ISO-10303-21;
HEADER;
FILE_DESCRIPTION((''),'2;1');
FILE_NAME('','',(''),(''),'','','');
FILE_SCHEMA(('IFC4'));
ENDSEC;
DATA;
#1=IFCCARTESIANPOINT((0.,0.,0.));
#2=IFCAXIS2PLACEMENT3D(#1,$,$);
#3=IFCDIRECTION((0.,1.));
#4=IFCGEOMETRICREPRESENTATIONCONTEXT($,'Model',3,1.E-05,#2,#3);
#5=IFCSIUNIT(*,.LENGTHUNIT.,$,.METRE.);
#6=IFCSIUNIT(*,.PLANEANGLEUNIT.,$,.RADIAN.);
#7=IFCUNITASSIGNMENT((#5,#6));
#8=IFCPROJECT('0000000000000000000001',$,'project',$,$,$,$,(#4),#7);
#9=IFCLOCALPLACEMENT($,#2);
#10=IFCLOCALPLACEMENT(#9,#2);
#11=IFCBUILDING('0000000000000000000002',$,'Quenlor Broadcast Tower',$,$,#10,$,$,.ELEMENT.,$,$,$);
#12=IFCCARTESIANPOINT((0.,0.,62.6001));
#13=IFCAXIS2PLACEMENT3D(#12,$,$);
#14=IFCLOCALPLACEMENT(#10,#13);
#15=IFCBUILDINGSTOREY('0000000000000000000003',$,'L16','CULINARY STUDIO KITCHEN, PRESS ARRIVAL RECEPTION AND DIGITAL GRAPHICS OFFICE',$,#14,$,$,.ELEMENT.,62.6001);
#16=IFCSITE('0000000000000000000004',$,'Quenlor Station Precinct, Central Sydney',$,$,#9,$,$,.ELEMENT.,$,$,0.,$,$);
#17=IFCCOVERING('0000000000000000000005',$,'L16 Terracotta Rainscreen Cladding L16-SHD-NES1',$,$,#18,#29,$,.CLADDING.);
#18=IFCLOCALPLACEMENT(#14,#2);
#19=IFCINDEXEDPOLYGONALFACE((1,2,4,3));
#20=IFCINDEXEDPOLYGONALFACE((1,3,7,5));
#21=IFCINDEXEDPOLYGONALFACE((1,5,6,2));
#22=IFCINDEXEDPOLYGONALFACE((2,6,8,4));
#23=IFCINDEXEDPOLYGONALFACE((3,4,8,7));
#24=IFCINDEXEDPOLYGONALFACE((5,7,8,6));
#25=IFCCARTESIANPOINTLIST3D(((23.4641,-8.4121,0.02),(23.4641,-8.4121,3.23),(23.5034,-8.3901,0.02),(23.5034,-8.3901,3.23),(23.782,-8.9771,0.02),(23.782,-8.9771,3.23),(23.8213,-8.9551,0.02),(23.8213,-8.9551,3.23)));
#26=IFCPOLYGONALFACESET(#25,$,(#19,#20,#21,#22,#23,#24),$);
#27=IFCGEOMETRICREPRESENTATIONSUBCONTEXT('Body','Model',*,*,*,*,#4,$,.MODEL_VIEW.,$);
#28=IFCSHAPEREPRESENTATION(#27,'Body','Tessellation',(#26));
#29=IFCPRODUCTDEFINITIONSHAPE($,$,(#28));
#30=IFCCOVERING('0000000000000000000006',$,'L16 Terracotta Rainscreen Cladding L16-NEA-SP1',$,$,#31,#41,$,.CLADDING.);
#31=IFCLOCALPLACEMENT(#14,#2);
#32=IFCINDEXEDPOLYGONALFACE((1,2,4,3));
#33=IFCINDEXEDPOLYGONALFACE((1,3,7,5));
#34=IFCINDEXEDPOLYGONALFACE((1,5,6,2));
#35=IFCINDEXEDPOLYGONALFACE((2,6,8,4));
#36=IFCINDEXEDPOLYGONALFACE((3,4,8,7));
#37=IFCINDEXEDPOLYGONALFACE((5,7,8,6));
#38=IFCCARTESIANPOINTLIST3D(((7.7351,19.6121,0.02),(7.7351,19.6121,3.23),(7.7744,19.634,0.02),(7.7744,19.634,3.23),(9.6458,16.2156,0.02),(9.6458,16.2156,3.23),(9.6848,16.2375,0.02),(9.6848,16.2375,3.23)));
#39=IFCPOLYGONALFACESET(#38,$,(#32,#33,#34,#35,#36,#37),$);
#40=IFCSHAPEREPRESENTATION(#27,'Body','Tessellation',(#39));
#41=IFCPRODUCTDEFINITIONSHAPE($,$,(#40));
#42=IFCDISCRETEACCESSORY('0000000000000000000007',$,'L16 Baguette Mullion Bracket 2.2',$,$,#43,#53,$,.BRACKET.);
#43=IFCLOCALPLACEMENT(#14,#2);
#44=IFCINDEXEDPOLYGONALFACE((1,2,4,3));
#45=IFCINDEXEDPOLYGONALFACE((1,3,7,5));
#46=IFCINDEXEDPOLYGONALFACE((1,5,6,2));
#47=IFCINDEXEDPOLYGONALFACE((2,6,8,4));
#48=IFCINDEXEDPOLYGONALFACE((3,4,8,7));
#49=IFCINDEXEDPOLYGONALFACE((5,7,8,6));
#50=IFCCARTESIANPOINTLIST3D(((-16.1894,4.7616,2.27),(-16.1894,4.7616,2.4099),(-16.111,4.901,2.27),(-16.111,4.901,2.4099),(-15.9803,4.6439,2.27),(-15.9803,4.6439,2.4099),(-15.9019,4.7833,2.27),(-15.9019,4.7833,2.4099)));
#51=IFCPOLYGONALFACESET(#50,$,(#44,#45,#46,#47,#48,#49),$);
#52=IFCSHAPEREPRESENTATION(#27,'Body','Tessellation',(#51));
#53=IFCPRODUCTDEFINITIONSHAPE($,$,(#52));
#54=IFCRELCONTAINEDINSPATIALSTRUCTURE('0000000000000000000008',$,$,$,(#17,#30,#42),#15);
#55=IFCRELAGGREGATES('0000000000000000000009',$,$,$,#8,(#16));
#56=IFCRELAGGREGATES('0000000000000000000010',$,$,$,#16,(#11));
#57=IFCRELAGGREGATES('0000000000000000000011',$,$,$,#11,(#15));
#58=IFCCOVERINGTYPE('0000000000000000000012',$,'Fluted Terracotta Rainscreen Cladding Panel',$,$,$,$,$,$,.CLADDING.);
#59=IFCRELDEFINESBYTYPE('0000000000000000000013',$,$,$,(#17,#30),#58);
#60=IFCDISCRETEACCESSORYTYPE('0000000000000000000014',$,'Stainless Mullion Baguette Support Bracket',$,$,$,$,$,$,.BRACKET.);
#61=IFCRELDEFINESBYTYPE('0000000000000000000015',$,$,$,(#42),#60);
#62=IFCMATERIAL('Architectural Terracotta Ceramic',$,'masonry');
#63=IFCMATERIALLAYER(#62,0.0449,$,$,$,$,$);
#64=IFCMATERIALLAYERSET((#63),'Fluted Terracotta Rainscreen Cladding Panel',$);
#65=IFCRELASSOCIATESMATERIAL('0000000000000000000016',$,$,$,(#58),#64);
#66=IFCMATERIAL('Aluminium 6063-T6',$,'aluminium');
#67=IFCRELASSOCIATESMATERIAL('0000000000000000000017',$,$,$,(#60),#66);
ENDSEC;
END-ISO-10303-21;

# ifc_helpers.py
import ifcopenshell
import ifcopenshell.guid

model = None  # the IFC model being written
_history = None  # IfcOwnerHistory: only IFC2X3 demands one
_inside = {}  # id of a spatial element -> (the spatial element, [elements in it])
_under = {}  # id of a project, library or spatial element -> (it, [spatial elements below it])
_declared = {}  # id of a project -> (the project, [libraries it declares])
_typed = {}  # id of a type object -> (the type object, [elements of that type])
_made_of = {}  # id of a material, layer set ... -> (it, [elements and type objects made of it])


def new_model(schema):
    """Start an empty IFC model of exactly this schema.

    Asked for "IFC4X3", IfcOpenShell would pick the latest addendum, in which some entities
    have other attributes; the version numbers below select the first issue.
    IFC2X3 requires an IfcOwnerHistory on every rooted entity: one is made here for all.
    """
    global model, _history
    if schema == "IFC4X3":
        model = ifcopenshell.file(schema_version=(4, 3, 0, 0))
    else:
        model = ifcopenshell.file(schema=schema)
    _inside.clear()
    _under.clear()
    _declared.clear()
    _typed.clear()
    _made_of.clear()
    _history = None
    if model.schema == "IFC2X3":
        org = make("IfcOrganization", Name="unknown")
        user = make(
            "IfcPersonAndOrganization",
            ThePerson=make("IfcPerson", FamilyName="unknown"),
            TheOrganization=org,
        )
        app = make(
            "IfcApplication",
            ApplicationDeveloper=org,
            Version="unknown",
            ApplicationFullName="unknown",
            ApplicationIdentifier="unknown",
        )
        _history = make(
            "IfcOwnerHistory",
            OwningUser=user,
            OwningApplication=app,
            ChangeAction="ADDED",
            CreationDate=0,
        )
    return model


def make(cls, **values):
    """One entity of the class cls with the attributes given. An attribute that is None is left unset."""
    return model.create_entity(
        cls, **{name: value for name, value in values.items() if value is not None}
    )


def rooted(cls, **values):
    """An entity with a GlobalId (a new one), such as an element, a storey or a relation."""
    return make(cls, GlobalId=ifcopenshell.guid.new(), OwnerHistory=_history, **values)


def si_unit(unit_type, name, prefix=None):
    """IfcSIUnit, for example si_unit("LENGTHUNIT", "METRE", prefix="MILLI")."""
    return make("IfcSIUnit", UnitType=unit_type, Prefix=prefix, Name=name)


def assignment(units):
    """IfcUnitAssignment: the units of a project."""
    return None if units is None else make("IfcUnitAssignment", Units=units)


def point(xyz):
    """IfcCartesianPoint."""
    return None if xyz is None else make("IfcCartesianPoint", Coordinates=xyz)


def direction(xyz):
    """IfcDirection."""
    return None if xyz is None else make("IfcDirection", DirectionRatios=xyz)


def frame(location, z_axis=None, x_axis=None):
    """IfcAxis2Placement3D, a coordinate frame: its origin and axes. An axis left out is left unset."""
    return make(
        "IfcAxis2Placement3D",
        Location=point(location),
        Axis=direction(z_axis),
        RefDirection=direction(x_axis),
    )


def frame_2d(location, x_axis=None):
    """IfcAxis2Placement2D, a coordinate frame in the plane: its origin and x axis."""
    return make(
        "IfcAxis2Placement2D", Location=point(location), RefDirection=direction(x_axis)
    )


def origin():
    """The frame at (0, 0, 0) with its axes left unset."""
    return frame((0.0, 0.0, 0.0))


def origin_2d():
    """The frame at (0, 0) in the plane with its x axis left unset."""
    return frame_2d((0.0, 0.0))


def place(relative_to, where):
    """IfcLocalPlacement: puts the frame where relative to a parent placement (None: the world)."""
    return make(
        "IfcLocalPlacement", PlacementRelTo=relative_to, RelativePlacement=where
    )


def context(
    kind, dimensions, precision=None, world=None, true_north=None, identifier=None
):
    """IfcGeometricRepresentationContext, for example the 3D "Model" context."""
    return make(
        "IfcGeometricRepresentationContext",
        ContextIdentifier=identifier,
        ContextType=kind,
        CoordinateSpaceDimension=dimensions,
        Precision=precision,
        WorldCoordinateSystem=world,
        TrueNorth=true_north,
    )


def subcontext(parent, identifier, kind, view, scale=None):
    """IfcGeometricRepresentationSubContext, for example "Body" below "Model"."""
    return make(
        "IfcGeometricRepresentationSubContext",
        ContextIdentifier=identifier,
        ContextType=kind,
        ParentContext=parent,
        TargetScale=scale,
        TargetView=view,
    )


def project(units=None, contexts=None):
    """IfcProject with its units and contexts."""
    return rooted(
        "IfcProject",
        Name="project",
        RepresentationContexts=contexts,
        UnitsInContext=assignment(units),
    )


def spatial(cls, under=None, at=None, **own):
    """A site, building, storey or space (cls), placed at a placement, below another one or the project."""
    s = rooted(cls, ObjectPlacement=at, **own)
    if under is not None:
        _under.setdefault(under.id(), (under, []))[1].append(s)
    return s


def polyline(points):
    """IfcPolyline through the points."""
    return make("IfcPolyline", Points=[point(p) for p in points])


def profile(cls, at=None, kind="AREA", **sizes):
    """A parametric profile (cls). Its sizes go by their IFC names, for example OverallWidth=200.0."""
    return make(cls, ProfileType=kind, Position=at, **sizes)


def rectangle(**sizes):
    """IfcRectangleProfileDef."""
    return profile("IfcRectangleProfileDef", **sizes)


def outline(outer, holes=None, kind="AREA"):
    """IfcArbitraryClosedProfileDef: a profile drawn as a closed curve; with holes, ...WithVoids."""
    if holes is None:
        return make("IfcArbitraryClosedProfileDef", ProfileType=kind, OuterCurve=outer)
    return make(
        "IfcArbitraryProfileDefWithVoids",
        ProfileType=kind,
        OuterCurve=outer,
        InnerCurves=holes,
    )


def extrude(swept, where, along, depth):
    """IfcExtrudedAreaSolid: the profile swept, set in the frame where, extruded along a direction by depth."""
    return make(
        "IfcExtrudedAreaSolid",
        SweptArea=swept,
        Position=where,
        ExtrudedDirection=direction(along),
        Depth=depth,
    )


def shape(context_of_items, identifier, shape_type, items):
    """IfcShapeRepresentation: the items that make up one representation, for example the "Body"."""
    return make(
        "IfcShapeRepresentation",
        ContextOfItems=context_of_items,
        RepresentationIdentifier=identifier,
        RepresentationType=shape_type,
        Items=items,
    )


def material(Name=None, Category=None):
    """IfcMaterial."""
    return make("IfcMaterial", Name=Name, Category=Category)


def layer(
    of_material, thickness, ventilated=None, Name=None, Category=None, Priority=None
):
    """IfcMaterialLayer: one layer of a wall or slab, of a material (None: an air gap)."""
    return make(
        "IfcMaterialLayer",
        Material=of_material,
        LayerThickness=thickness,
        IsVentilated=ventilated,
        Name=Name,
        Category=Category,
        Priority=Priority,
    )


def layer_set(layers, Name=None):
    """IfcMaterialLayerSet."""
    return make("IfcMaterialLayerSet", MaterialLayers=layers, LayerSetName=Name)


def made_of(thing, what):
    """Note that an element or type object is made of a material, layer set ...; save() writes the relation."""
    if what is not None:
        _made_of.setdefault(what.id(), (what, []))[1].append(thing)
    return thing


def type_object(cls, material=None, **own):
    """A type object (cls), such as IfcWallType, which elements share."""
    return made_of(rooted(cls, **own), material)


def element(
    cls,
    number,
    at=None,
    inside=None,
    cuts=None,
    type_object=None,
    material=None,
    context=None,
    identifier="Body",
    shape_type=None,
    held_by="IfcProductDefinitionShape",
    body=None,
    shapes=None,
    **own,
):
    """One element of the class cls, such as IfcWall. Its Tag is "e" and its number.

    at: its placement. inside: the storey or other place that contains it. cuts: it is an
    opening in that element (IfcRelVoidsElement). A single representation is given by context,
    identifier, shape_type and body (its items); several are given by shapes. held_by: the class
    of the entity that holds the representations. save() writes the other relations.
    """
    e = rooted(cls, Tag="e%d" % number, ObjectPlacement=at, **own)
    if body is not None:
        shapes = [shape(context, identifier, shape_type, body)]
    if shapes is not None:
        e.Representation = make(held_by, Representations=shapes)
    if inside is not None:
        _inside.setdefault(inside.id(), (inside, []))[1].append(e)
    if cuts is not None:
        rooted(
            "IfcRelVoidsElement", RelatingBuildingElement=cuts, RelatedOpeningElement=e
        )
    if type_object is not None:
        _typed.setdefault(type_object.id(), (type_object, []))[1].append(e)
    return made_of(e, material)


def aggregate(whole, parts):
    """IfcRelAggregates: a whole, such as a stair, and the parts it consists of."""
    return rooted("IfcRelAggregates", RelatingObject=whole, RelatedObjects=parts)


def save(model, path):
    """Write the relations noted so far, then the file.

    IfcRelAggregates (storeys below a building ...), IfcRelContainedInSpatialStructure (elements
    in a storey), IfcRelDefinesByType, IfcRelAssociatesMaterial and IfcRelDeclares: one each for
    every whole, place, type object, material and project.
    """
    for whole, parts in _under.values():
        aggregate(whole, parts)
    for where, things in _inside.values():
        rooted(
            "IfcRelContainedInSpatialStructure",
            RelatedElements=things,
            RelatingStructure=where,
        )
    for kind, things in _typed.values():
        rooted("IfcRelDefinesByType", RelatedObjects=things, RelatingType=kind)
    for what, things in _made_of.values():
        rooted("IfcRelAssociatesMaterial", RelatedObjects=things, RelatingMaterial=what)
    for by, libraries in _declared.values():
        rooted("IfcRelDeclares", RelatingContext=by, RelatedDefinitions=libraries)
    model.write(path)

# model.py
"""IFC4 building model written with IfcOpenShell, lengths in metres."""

from ifc_helpers import new_model, si_unit, direction, frame, origin, origin_2d, place, context, subcontext, project, spatial, polyline, rectangle, outline, extrude, material, layer, layer_set, type_object, element, save


model = new_model("IFC4")

# Units and contexts
model_context = context("Model", 3, precision=1e-05, world=origin(), true_north=direction((0.0, 1.0)))
body_context = subcontext(model_context, "Body", "Model", "MODEL_VIEW")
ifc_project = project(units=[si_unit("LENGTHUNIT", "METRE"), si_unit("PLANEANGLEUNIT", "RADIAN")], contexts=[model_context])

# Site, building, storey
site_placement = place(None, origin())
site = spatial("IfcSite", under=ifc_project, at=site_placement, Name="Quenlor Station Precinct, Central Sydney", CompositionType="ELEMENT", RefElevation=0.0)
building_placement = place(site_placement, origin())
building = spatial("IfcBuilding", under=site, at=building_placement, Name="Quenlor Broadcast Tower", CompositionType="ELEMENT")
storey_placement = place(building_placement, frame((0.0, 0.0, 62.6001)))
storey = spatial("IfcBuildingStorey", under=building, at=storey_placement, Name="L16", Description="CULINARY STUDIO KITCHEN, PRESS ARRIVAL RECEPTION AND DIGITAL GRAPHICS OFFICE", CompositionType="ELEMENT", Elevation=62.6001)

# Coverings
ifc_material_1 = material(Name="Architectural Terracotta Ceramic", Category="masonry")
ifc_layer_1 = layer(ifc_material_1, 0.0449)
ifc_layer_set_1 = layer_set([ifc_layer_1], Name="Fluted Terracotta Rainscreen Cladding Panel")
covering_type = type_object("IfcCoveringType", Name="Fluted Terracotta Rainscreen Cladding Panel", PredefinedType="CLADDING", material=ifc_layer_set_1)
covering_1_placement = place(storey_placement, frame((0.0, 0.0, 0.02)))
element("IfcCovering", 1, at=covering_1_placement, inside=storey, type_object=covering_type, Name="L16 Terracotta Rainscreen Cladding L16-SHD-NES1", PredefinedType="CLADDING", context=body_context, shape_type="SweptSolid", body=[
    extrude(outline(polyline([(23.4641, -8.4121), (23.782, -8.9771), (23.8213, -8.9551), (23.5034, -8.3901), (23.4641, -8.4121)])), origin(), (0.0, 0.0, 1.0), 3.21),
])
covering_2_placement = place(storey_placement, frame((0.0, 0.0, 0.02)))
element("IfcCovering", 2, at=covering_2_placement, inside=storey, type_object=covering_type, Name="L16 Terracotta Rainscreen Cladding L16-NEA-SP1", PredefinedType="CLADDING", context=body_context, shape_type="SweptSolid", body=[
    extrude(outline(polyline([(7.7351, 19.6121), (9.6458, 16.2156), (9.6848, 16.2375), (7.7744, 19.634), (7.7351, 19.6121)])), origin(), (0.0, 0.0, 1.0), 3.21),
])

# Discrete accessory
ifc_material_2 = material(Name="Aluminium 6063-T6", Category="aluminium")
discrete_accessory_type = type_object("IfcDiscreteAccessoryType", Name="Stainless Mullion Baguette Support Bracket", PredefinedType="BRACKET", material=ifc_material_2)
discrete_accessory_placement = place(storey_placement, frame((-16.0457, 4.7725, 2.27), z_axis=(0.0, 0.0, 1.0), x_axis=(0.490274, 0.871568, 0.0)))
element("IfcDiscreteAccessory", 3, at=discrete_accessory_placement, inside=storey, type_object=discrete_accessory_type, Name="L16 Baguette Mullion Bracket 2.2", PredefinedType="BRACKET", context=body_context, shape_type="SweptSolid", body=[
    extrude(rectangle(XDim=0.1599, YDim=0.24, at=origin_2d()), origin(), (0.0, 0.0, 1.0), 0.1399),
])

save(model, "model.ifc")
